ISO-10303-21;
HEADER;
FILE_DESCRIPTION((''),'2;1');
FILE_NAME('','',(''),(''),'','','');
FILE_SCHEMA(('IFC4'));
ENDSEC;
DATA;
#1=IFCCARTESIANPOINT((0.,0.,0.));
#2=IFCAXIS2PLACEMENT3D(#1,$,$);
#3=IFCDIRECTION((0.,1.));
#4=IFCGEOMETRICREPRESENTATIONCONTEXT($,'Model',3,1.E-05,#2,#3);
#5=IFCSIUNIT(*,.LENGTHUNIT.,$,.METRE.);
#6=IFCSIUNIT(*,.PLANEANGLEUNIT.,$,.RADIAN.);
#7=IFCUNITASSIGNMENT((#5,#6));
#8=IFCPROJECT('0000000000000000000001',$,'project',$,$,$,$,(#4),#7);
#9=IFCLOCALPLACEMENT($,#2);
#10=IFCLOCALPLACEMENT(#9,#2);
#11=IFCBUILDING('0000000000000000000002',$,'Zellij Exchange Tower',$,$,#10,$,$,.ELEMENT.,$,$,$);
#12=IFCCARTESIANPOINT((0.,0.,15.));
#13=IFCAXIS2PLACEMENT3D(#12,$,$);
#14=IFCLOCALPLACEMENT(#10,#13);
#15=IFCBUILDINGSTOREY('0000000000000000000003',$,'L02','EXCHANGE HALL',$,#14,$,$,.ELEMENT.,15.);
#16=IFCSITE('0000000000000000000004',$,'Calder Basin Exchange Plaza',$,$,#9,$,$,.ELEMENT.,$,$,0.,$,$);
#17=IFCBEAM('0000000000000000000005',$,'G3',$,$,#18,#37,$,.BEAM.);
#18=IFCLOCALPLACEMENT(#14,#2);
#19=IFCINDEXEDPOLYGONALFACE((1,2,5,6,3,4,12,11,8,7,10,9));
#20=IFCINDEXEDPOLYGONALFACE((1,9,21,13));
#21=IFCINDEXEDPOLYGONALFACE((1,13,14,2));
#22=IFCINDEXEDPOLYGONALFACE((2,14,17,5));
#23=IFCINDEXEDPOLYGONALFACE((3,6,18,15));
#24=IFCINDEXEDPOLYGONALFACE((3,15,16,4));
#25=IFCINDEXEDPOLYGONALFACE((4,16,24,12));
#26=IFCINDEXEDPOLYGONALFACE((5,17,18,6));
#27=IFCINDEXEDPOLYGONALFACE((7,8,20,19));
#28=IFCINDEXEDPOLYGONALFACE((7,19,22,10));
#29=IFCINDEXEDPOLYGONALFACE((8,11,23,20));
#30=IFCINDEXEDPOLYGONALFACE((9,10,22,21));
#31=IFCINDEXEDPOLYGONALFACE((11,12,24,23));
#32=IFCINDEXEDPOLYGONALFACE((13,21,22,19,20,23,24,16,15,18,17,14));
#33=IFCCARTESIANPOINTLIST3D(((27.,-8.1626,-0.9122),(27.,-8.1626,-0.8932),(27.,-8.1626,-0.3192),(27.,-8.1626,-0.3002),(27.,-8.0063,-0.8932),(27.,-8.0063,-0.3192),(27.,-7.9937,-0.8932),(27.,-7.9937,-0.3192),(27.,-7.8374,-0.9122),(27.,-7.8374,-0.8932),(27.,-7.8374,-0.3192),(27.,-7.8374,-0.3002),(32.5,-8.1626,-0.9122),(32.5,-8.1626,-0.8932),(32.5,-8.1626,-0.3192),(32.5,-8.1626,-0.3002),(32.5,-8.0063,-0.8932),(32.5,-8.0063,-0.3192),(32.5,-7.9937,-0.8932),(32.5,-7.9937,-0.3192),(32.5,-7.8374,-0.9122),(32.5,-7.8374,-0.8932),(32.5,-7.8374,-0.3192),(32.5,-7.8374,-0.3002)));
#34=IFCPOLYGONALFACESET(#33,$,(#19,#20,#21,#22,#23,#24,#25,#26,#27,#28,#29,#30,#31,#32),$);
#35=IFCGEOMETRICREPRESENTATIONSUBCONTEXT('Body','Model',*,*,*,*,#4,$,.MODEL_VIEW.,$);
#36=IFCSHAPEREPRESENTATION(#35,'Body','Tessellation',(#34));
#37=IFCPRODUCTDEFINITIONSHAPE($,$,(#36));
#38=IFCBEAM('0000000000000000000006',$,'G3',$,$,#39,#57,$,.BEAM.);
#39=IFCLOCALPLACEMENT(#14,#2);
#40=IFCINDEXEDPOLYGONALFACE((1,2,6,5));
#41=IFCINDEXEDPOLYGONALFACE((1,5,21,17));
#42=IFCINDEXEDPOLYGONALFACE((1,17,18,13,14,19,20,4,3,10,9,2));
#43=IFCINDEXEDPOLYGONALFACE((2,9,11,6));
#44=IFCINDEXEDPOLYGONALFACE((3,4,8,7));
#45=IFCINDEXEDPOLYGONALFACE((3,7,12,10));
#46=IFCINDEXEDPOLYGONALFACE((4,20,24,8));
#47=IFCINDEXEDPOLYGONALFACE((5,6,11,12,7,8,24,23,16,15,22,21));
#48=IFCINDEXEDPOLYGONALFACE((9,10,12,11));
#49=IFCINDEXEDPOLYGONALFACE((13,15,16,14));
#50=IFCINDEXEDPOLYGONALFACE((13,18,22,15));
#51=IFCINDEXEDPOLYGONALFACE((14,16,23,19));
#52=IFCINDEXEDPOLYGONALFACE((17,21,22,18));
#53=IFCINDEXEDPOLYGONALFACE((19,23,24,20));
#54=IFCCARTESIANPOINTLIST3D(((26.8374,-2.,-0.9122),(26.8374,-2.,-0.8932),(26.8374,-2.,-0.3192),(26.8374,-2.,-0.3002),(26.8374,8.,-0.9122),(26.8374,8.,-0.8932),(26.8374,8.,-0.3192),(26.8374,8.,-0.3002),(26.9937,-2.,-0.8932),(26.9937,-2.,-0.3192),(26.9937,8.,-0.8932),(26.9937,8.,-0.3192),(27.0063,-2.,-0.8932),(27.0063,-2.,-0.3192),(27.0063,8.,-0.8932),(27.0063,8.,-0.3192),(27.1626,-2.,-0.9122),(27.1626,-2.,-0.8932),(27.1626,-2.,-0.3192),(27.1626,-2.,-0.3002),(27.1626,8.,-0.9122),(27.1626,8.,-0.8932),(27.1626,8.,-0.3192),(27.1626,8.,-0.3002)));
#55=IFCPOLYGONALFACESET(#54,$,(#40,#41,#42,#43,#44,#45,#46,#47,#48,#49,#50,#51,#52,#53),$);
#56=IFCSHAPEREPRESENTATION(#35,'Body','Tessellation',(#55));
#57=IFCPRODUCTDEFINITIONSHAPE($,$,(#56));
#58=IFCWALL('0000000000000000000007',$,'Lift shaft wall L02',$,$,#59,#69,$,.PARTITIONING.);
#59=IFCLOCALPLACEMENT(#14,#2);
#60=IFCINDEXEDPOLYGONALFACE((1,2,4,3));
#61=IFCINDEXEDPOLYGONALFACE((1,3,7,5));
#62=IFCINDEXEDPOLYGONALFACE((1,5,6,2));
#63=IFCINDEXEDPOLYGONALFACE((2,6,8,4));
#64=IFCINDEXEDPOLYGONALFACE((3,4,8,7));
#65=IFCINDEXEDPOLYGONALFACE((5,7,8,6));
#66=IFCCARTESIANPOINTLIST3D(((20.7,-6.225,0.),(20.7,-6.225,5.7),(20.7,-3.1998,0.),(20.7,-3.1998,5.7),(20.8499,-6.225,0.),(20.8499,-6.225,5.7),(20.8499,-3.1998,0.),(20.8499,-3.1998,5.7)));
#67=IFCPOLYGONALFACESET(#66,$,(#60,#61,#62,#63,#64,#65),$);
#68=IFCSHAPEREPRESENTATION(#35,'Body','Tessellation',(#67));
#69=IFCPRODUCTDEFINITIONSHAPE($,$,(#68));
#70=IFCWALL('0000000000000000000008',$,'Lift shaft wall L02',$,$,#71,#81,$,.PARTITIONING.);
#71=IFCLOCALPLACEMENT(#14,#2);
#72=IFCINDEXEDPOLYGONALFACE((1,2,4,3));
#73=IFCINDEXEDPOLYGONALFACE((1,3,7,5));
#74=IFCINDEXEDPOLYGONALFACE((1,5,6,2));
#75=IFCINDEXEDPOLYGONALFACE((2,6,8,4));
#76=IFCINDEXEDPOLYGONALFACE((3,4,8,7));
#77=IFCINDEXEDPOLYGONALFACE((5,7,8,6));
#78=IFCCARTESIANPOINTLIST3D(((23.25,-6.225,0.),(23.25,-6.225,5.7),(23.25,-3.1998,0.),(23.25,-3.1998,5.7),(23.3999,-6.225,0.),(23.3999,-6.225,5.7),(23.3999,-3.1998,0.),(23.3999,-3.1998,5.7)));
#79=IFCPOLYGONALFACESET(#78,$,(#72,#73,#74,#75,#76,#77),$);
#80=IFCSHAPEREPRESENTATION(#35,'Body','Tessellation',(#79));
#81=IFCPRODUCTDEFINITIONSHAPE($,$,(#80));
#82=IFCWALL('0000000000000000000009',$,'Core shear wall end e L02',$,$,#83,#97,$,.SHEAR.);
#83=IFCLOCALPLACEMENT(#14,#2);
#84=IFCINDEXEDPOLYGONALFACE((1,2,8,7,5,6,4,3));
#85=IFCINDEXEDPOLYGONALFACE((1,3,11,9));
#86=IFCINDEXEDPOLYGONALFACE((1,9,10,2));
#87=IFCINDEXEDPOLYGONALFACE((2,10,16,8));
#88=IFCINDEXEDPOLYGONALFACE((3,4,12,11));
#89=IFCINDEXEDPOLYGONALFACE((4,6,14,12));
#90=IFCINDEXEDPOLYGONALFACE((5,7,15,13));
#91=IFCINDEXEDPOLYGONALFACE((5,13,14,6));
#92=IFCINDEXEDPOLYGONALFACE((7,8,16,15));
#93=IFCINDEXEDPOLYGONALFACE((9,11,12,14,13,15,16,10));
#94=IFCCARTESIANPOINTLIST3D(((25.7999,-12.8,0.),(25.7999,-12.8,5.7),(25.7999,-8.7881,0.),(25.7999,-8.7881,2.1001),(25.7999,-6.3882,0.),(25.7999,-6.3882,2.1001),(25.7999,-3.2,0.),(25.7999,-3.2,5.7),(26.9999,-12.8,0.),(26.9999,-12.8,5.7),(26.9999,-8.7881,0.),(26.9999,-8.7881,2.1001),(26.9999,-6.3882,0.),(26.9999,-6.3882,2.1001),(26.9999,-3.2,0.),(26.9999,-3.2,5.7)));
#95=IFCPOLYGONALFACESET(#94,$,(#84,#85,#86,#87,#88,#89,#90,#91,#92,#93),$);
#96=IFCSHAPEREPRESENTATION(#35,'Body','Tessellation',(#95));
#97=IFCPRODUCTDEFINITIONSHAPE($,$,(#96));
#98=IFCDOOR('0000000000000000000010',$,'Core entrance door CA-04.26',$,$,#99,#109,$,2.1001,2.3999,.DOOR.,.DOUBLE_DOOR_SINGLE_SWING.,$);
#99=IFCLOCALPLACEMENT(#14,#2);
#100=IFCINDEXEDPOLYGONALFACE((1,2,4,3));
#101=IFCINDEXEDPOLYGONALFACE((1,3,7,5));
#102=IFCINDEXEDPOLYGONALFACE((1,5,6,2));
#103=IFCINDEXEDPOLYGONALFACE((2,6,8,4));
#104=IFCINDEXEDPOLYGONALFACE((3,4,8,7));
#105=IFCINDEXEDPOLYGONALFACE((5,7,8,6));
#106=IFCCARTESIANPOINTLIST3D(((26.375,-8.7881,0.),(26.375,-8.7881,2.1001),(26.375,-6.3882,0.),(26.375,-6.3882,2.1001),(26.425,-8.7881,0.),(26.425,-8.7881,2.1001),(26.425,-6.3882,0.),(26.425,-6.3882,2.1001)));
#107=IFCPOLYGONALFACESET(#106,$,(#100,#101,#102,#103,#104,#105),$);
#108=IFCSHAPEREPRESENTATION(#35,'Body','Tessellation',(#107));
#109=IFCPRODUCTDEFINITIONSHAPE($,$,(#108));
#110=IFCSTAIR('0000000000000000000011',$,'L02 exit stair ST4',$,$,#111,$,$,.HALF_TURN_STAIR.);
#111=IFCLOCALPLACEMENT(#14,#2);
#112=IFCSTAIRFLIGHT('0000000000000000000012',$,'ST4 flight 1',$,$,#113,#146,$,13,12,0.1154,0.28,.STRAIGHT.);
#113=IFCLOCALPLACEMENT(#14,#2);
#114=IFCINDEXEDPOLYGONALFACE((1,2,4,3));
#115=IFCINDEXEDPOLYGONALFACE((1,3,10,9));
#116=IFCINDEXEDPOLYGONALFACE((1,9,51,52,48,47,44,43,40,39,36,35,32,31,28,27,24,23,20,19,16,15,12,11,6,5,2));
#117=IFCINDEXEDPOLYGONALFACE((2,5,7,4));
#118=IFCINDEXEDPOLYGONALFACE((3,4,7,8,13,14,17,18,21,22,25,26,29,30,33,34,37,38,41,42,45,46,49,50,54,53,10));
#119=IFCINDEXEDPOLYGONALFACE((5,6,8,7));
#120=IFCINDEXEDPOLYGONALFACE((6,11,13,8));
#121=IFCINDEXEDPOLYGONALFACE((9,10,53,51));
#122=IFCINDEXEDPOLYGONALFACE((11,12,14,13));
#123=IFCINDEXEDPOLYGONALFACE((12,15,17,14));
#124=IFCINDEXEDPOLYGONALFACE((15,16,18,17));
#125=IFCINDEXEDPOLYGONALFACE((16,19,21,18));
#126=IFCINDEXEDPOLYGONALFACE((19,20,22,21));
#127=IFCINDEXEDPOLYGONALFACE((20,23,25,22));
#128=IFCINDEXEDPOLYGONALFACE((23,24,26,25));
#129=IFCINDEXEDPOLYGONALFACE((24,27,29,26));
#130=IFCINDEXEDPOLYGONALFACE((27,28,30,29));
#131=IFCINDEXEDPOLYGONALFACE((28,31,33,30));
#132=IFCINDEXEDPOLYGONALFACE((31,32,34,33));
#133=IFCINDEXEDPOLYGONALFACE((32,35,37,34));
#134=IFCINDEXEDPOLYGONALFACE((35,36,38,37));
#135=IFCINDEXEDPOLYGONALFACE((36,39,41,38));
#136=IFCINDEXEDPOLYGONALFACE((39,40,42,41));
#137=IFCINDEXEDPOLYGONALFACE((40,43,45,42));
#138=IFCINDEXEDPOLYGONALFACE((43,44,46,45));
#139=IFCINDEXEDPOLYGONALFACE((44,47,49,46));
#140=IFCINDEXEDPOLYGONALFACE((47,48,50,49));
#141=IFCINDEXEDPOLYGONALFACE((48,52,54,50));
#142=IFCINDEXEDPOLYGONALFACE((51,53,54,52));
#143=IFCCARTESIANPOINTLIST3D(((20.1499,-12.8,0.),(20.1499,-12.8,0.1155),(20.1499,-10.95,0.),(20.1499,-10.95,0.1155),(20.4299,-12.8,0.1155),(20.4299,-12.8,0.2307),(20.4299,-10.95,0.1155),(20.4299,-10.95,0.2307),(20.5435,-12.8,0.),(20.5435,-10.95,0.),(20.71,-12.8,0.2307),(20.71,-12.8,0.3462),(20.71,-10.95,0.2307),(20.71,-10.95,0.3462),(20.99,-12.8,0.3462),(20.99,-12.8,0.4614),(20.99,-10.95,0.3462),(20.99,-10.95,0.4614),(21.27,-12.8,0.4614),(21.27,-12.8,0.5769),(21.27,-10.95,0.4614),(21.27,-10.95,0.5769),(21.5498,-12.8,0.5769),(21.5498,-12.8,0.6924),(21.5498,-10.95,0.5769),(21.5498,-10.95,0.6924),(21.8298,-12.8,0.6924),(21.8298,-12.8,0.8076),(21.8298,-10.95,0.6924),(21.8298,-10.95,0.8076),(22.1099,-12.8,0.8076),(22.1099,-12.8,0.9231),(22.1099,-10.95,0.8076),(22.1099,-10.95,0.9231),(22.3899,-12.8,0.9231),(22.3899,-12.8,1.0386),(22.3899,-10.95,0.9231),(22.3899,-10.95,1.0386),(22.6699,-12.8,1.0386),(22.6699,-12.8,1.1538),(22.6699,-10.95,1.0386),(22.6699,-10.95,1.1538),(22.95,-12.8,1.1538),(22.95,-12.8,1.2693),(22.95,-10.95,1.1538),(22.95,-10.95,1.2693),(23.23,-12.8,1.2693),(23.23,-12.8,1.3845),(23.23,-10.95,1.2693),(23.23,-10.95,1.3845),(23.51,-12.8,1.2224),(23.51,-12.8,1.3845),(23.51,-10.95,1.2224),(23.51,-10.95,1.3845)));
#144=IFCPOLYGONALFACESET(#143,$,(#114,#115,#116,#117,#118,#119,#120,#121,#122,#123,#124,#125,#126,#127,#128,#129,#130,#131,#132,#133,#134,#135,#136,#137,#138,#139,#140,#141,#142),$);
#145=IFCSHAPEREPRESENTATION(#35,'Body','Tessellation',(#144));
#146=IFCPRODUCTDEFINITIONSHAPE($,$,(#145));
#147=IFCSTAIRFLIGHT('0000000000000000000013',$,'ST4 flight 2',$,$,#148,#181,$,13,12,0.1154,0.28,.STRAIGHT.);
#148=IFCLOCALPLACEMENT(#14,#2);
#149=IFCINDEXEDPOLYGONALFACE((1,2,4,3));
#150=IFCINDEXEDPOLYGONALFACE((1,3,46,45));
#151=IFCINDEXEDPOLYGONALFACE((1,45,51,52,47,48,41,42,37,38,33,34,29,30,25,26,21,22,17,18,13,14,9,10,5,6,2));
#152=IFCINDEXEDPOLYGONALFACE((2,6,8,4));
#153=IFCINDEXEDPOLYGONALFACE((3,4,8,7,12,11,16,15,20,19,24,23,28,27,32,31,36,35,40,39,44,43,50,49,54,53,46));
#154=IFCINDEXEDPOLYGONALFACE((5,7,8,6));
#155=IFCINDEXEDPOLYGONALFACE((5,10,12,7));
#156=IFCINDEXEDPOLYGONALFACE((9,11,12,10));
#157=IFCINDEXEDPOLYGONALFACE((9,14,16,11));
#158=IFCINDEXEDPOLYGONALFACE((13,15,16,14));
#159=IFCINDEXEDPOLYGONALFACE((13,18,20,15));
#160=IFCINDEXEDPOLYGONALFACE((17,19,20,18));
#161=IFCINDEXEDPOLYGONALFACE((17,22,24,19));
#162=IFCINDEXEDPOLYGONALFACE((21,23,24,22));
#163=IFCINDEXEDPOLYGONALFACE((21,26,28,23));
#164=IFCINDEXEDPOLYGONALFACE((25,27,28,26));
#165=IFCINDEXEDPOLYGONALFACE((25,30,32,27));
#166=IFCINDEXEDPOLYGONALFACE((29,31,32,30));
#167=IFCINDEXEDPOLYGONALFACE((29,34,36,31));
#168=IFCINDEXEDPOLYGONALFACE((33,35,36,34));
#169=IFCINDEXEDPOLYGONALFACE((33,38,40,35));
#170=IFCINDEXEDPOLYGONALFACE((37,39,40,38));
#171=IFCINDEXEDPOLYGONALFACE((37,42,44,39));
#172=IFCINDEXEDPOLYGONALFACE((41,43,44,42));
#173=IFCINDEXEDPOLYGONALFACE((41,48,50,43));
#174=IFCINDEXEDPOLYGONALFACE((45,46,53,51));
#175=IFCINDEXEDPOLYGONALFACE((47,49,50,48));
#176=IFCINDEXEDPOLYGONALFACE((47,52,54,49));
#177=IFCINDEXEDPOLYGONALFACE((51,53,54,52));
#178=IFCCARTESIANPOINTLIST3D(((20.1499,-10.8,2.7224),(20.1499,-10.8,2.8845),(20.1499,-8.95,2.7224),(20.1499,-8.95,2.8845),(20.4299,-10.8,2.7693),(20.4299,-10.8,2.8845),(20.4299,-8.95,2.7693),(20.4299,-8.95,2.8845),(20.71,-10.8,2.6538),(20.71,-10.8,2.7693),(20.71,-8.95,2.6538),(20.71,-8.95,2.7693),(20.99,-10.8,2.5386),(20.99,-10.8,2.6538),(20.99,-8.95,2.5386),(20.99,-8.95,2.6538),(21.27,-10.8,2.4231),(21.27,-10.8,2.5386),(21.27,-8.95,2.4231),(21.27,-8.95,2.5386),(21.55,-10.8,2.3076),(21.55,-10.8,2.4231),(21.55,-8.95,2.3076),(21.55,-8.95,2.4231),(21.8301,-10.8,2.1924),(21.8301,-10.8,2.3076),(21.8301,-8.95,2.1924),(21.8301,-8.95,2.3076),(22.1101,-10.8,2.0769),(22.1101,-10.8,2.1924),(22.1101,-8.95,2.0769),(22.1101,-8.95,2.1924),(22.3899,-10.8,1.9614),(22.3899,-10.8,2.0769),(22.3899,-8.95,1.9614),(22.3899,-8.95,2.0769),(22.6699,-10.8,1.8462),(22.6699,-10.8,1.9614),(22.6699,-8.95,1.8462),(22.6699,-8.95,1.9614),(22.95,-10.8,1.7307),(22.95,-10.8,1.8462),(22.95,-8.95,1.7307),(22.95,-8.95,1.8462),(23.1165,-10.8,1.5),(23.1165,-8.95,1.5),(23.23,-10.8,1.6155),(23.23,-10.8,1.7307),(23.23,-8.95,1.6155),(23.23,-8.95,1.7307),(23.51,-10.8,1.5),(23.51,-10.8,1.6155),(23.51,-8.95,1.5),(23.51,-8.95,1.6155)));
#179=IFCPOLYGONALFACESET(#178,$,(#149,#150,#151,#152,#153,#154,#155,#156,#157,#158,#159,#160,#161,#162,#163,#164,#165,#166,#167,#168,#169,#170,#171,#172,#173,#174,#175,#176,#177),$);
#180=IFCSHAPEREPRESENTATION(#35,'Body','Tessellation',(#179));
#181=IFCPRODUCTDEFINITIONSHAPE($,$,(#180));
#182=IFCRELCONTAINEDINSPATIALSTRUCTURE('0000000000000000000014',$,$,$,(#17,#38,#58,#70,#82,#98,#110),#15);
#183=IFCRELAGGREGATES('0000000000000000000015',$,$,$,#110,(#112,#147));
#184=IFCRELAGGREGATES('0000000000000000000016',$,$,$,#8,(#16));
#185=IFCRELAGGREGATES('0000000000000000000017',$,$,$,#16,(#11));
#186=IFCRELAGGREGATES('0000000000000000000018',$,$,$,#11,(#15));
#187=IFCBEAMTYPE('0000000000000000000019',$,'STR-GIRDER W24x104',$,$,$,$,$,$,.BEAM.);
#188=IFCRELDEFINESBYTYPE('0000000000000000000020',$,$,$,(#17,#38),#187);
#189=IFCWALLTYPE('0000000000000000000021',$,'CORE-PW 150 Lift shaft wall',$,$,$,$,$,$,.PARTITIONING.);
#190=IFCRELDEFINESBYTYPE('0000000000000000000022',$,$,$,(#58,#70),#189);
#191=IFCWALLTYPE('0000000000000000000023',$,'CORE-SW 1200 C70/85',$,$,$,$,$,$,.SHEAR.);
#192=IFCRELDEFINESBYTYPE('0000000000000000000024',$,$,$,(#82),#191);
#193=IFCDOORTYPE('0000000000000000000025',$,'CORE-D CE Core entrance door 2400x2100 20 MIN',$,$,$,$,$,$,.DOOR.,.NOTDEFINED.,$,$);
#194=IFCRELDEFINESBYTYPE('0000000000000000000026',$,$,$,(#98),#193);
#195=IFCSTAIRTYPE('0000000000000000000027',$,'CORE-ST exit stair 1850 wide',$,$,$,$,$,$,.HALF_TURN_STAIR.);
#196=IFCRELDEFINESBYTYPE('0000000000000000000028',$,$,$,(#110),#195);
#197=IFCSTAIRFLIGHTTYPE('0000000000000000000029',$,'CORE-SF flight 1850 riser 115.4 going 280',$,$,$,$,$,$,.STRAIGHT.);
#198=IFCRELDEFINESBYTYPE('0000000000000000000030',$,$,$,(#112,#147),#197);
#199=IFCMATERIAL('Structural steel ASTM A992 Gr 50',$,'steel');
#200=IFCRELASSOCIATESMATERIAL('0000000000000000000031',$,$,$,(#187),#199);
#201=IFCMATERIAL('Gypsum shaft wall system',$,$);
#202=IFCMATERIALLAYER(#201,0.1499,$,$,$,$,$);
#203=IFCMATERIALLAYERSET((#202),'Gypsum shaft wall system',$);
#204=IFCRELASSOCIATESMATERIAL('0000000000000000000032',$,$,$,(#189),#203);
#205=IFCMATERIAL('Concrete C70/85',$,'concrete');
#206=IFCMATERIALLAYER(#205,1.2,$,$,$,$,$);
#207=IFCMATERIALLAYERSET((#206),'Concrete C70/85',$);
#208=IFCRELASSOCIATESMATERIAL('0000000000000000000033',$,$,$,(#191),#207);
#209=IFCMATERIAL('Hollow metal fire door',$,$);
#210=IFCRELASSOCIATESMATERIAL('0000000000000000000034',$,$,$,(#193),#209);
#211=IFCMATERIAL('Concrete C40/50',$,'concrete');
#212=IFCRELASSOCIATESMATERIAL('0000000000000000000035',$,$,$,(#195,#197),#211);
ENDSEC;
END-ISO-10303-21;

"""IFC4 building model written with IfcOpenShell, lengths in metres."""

from ifc_helpers import new_model, si_unit, direction, frame, frame_2d, origin, origin_2d, place, context, subcontext, project, spatial, polyline, rectangle, i_section, outline, extrude, material, layer, layer_set, material_profile, profile_set, type_object, element, fill, aggregate, save


model = new_model("IFC4")

# Units and contexts
model_context = context("Model", 3, precision=1e-05, world=origin(), true_north=direction((0.0, 1.0)))
body_context = subcontext(model_context, "Body", "Model", "MODEL_VIEW")
ifc_project = project(units=[si_unit("LENGTHUNIT", "METRE"), si_unit("PLANEANGLEUNIT", "RADIAN")], contexts=[model_context])

# Site, building, storey
site_placement = place(None, origin())
site = spatial("IfcSite", under=ifc_project, at=site_placement, Name="Calder Basin Exchange Plaza", CompositionType="ELEMENT", RefElevation=0.0)
building_placement = place(site_placement, origin())
building = spatial("IfcBuilding", under=site, at=building_placement, Name="Zellij Exchange Tower", CompositionType="ELEMENT")
storey_placement = place(building_placement, frame((0.0, 0.0, 15.0)))
storey = spatial("IfcBuildingStorey", under=building, at=storey_placement, Name="L02", Description="EXCHANGE HALL", CompositionType="ELEMENT", Elevation=15.0)

# Shared definitions
ifc_material_1 = material(Name="Concrete C70/85", Category="concrete")

# Beams
ifc_material_2 = material(Name="Structural steel ASTM A992 Gr 50", Category="steel")
ifc_material_profile_1 = material_profile(ifc_material_2, i_section(OverallWidth=0.3252, OverallDepth=0.6121, WebThickness=0.0127, FlangeThickness=0.019, at=origin_2d()), Name="W24x104")
ifc_profile_set_1 = profile_set([ifc_material_profile_1], Name="Structural steel ASTM A992 Gr 50")
beam_type_1 = type_object("IfcBeamType", Name="STR-GIRDER W24x104", PredefinedType="BEAM", material=ifc_profile_set_1)
beam_1_placement = place(storey_placement, frame((27.0, -8.0, -0.6062), z_axis=(1.0, 0.0, 0.0), x_axis=(0.0, 1.0, 0.0)))
element("IfcBeam", 1, at=beam_1_placement, inside=storey, type_object=beam_type_1, Name="G3", PredefinedType="BEAM", context=body_context, shape_type="SweptSolid", body=[
    extrude(i_section(OverallWidth=0.3252, OverallDepth=0.6121, WebThickness=0.0127, FlangeThickness=0.019, at=origin_2d()), origin(), (0.0, 0.0, 1.0), 5.5),
])
beam_2_placement = place(storey_placement, frame((27.0, -2.0, -0.6062), z_axis=(0.0, 1.0, 0.0), x_axis=(-1.0, 0.0, 0.0)))
element("IfcBeam", 2, at=beam_2_placement, inside=storey, type_object=beam_type_1, Name="G3", PredefinedType="BEAM", context=body_context, shape_type="SweptSolid", body=[
    extrude(i_section(OverallWidth=0.3252, OverallDepth=0.6121, WebThickness=0.0127, FlangeThickness=0.019, at=origin_2d()), origin(), (0.0, 0.0, 1.0), 10.0),
])

# Walls
ifc_material_3 = material(Name="Gypsum shaft wall system")
ifc_layer_1 = layer(ifc_material_3, 0.1499)
ifc_layer_set_1 = layer_set([ifc_layer_1], Name="Gypsum shaft wall system")
wall_type_1 = type_object("IfcWallType", Name="CORE-PW 150 Lift shaft wall", PredefinedType="PARTITIONING", material=ifc_layer_set_1)
for number, where, z_axis, x_axis, name in (
    (3, (20.7749, -6.2251, 0.0), (0.0, 0.0, 1.0), (0.0, 1.0, 0.0), "Lift shaft wall L02"),
    (4, (23.325, -6.2251, 0.0), (0.0, 0.0, 1.0), (0.0, 1.0, 0.0), "Lift shaft wall L02"),
):
    element("IfcWall", number, at=place(storey_placement, frame(where, z_axis=z_axis, x_axis=x_axis)), inside=storey, type_object=wall_type_1, Name=name, PredefinedType="PARTITIONING", context=body_context, shape_type="SweptSolid", body=[
        extrude(rectangle(XDim=3.0251, YDim=0.1499, at=frame_2d((1.5127, 0.0))), origin(), (0.0, 0.0, 1.0), 5.7),
    ])

# Wall, opening, door
ifc_layer_2 = layer(ifc_material_1, 1.2)
ifc_layer_set_2 = layer_set([ifc_layer_2], Name="Concrete C70/85")
wall_type_2 = type_object("IfcWallType", Name="CORE-SW 1200 C70/85", PredefinedType="SHEAR", material=ifc_layer_set_2)
wall_placement = place(storey_placement, frame((26.3999, -12.8, 0.0), z_axis=(0.0, 0.0, 1.0), x_axis=(0.0, 1.0, 0.0)))
wall = element("IfcWall", 5, at=wall_placement, inside=storey, type_object=wall_type_2, Name="Core shear wall end e L02", PredefinedType="SHEAR", context=body_context, shape_type="SweptSolid", body=[
    extrude(rectangle(XDim=9.6001, YDim=1.2, at=frame_2d((4.8, 0.0))), origin(), (0.0, 0.0, 1.0), 5.7),
])
opening_placement = place(wall_placement, frame((4.012, 0.0, 0.0)))
opening = element("IfcOpeningElement", 6, at=opening_placement, cuts=wall, PredefinedType="OPENING", context=body_context, shape_type="SweptSolid", body=[
    extrude(rectangle(XDim=2.3999, YDim=2.1001, at=frame_2d((1.2, 1.05))), frame((0.0, 0.6118, 0.0), z_axis=(0.0, -1.0, 0.0), x_axis=(1.0, 0.0, 0.0)), (0.0, 0.0, 1.0), 1.2239),
])
ifc_material_4 = material(Name="Hollow metal fire door")
door_type = type_object("IfcDoorType", Name="CORE-D CE Core entrance door 2400x2100 20 MIN", OperationType="NOTDEFINED", PredefinedType="DOOR", material=ifc_material_4)
door_placement = place(opening_placement, origin())
door = element("IfcDoor", 7, at=door_placement, inside=storey, type_object=door_type, Name="Core entrance door CA-04.26", OperationType="DOUBLE_DOOR_SINGLE_SWING", OverallHeight=2.1001, OverallWidth=2.3999, PredefinedType="DOOR", context=body_context, shape_type="SweptSolid", body=[
    extrude(rectangle(XDim=2.3999, YDim=2.1001, at=frame_2d((1.2, 1.05))), frame((0.0, 0.0249, 0.0), z_axis=(0.0, -1.0, 0.0), x_axis=(1.0, 0.0, 0.0)), (0.0, 0.0, 1.0), 0.05),
])
fill(opening, door)

# Stair, stair flights
ifc_material_5 = material(Name="Concrete C40/50", Category="concrete")
stair_type = type_object("IfcStairType", Name="CORE-ST exit stair 1850 wide", PredefinedType="HALF_TURN_STAIR", material=ifc_material_5)
stair_placement = place(storey_placement, origin())
stair = element("IfcStair", 8, at=stair_placement, inside=storey, type_object=stair_type, Name="L02 exit stair ST4", PredefinedType="HALF_TURN_STAIR")
stair_flight_type = type_object("IfcStairFlightType", Name="CORE-SF flight 1850 riser 115.4 going 280", PredefinedType="STRAIGHT", material=ifc_material_5)
stair_flight_1_placement = place(storey_placement, frame((20.1499, -11.875, 0.0), z_axis=(0.0, 0.0, 1.0), x_axis=(1.0, 0.0, 0.0)))
stair_flight_1 = element("IfcStairFlight", 9, at=stair_flight_1_placement, type_object=stair_flight_type, Name="ST4 flight 1", NumberOfRisers=13, NumberOfTreads=12, PredefinedType="STRAIGHT", RiserHeight=0.1154, TreadLength=0.28, context=body_context, shape_type="SweptSolid", body=[
    extrude(outline(polyline([(0.0, 0.0), (0.0, 0.1155), (0.28, 0.1155), (0.28, 0.2307), (0.5601, 0.2307), (0.5601, 0.3462), (0.8401, 0.3462), (0.8401, 0.4614), (1.1201, 0.4614), (1.1201, 0.5769), (1.3999, 0.5769), (1.3999, 0.6924), (1.6799, 0.6924), (1.6799, 0.8076), (1.96, 0.8076), (1.96, 0.9231), (2.24, 0.9231), (2.24, 1.0386), (2.52, 1.0386), (2.52, 1.1538), (2.8, 1.1538), (2.8, 1.2693), (3.0801, 1.2693), (3.0801, 1.3845), (3.3601, 1.3845), (3.3601, 1.5), (3.3601, 1.2224), (0.3936, 0.0), (0.0, 0.0)])), frame((0.0, 0.925, 0.0), z_axis=(0.0, -1.0, 0.0), x_axis=(1.0, 0.0, 0.0)), (0.0, 0.0, 1.0), 1.8501),
])
stair_flight_2_placement = place(storey_placement, frame((23.51, -9.875, 1.5), z_axis=(0.0, 0.0, 1.0), x_axis=(-1.0, 0.0, 0.0)))
stair_flight_2 = element("IfcStairFlight", 10, at=stair_flight_2_placement, type_object=stair_flight_type, Name="ST4 flight 2", NumberOfRisers=13, NumberOfTreads=12, PredefinedType="STRAIGHT", RiserHeight=0.1154, TreadLength=0.28, context=body_context, shape_type="SweptSolid", body=[
    extrude(outline(polyline([(0.0, 0.0), (0.0, 0.1155), (0.28, 0.1155), (0.28, 0.2307), (0.5601, 0.2307), (0.5601, 0.3462), (0.8401, 0.3462), (0.8401, 0.4614), (1.1201, 0.4614), (1.1201, 0.5769), (1.3999, 0.5769), (1.3999, 0.6924), (1.6799, 0.6924), (1.6799, 0.8076), (1.96, 0.8076), (1.96, 0.9231), (2.24, 0.9231), (2.24, 1.0386), (2.52, 1.0386), (2.52, 1.1538), (2.8, 1.1538), (2.8, 1.2693), (3.0801, 1.2693), (3.0801, 1.3845), (3.3601, 1.3845), (3.3601, 1.5), (3.3601, 1.2224), (0.3936, 0.0), (0.0, 0.0)])), frame((0.0, 0.925, 0.0), z_axis=(0.0, -1.0, 0.0), x_axis=(1.0, 0.0, 0.0)), (0.0, 0.0, 1.0), 1.8501),
])
aggregate(stair, [stair_flight_1, stair_flight_2])

save(model, "model.ifc")
